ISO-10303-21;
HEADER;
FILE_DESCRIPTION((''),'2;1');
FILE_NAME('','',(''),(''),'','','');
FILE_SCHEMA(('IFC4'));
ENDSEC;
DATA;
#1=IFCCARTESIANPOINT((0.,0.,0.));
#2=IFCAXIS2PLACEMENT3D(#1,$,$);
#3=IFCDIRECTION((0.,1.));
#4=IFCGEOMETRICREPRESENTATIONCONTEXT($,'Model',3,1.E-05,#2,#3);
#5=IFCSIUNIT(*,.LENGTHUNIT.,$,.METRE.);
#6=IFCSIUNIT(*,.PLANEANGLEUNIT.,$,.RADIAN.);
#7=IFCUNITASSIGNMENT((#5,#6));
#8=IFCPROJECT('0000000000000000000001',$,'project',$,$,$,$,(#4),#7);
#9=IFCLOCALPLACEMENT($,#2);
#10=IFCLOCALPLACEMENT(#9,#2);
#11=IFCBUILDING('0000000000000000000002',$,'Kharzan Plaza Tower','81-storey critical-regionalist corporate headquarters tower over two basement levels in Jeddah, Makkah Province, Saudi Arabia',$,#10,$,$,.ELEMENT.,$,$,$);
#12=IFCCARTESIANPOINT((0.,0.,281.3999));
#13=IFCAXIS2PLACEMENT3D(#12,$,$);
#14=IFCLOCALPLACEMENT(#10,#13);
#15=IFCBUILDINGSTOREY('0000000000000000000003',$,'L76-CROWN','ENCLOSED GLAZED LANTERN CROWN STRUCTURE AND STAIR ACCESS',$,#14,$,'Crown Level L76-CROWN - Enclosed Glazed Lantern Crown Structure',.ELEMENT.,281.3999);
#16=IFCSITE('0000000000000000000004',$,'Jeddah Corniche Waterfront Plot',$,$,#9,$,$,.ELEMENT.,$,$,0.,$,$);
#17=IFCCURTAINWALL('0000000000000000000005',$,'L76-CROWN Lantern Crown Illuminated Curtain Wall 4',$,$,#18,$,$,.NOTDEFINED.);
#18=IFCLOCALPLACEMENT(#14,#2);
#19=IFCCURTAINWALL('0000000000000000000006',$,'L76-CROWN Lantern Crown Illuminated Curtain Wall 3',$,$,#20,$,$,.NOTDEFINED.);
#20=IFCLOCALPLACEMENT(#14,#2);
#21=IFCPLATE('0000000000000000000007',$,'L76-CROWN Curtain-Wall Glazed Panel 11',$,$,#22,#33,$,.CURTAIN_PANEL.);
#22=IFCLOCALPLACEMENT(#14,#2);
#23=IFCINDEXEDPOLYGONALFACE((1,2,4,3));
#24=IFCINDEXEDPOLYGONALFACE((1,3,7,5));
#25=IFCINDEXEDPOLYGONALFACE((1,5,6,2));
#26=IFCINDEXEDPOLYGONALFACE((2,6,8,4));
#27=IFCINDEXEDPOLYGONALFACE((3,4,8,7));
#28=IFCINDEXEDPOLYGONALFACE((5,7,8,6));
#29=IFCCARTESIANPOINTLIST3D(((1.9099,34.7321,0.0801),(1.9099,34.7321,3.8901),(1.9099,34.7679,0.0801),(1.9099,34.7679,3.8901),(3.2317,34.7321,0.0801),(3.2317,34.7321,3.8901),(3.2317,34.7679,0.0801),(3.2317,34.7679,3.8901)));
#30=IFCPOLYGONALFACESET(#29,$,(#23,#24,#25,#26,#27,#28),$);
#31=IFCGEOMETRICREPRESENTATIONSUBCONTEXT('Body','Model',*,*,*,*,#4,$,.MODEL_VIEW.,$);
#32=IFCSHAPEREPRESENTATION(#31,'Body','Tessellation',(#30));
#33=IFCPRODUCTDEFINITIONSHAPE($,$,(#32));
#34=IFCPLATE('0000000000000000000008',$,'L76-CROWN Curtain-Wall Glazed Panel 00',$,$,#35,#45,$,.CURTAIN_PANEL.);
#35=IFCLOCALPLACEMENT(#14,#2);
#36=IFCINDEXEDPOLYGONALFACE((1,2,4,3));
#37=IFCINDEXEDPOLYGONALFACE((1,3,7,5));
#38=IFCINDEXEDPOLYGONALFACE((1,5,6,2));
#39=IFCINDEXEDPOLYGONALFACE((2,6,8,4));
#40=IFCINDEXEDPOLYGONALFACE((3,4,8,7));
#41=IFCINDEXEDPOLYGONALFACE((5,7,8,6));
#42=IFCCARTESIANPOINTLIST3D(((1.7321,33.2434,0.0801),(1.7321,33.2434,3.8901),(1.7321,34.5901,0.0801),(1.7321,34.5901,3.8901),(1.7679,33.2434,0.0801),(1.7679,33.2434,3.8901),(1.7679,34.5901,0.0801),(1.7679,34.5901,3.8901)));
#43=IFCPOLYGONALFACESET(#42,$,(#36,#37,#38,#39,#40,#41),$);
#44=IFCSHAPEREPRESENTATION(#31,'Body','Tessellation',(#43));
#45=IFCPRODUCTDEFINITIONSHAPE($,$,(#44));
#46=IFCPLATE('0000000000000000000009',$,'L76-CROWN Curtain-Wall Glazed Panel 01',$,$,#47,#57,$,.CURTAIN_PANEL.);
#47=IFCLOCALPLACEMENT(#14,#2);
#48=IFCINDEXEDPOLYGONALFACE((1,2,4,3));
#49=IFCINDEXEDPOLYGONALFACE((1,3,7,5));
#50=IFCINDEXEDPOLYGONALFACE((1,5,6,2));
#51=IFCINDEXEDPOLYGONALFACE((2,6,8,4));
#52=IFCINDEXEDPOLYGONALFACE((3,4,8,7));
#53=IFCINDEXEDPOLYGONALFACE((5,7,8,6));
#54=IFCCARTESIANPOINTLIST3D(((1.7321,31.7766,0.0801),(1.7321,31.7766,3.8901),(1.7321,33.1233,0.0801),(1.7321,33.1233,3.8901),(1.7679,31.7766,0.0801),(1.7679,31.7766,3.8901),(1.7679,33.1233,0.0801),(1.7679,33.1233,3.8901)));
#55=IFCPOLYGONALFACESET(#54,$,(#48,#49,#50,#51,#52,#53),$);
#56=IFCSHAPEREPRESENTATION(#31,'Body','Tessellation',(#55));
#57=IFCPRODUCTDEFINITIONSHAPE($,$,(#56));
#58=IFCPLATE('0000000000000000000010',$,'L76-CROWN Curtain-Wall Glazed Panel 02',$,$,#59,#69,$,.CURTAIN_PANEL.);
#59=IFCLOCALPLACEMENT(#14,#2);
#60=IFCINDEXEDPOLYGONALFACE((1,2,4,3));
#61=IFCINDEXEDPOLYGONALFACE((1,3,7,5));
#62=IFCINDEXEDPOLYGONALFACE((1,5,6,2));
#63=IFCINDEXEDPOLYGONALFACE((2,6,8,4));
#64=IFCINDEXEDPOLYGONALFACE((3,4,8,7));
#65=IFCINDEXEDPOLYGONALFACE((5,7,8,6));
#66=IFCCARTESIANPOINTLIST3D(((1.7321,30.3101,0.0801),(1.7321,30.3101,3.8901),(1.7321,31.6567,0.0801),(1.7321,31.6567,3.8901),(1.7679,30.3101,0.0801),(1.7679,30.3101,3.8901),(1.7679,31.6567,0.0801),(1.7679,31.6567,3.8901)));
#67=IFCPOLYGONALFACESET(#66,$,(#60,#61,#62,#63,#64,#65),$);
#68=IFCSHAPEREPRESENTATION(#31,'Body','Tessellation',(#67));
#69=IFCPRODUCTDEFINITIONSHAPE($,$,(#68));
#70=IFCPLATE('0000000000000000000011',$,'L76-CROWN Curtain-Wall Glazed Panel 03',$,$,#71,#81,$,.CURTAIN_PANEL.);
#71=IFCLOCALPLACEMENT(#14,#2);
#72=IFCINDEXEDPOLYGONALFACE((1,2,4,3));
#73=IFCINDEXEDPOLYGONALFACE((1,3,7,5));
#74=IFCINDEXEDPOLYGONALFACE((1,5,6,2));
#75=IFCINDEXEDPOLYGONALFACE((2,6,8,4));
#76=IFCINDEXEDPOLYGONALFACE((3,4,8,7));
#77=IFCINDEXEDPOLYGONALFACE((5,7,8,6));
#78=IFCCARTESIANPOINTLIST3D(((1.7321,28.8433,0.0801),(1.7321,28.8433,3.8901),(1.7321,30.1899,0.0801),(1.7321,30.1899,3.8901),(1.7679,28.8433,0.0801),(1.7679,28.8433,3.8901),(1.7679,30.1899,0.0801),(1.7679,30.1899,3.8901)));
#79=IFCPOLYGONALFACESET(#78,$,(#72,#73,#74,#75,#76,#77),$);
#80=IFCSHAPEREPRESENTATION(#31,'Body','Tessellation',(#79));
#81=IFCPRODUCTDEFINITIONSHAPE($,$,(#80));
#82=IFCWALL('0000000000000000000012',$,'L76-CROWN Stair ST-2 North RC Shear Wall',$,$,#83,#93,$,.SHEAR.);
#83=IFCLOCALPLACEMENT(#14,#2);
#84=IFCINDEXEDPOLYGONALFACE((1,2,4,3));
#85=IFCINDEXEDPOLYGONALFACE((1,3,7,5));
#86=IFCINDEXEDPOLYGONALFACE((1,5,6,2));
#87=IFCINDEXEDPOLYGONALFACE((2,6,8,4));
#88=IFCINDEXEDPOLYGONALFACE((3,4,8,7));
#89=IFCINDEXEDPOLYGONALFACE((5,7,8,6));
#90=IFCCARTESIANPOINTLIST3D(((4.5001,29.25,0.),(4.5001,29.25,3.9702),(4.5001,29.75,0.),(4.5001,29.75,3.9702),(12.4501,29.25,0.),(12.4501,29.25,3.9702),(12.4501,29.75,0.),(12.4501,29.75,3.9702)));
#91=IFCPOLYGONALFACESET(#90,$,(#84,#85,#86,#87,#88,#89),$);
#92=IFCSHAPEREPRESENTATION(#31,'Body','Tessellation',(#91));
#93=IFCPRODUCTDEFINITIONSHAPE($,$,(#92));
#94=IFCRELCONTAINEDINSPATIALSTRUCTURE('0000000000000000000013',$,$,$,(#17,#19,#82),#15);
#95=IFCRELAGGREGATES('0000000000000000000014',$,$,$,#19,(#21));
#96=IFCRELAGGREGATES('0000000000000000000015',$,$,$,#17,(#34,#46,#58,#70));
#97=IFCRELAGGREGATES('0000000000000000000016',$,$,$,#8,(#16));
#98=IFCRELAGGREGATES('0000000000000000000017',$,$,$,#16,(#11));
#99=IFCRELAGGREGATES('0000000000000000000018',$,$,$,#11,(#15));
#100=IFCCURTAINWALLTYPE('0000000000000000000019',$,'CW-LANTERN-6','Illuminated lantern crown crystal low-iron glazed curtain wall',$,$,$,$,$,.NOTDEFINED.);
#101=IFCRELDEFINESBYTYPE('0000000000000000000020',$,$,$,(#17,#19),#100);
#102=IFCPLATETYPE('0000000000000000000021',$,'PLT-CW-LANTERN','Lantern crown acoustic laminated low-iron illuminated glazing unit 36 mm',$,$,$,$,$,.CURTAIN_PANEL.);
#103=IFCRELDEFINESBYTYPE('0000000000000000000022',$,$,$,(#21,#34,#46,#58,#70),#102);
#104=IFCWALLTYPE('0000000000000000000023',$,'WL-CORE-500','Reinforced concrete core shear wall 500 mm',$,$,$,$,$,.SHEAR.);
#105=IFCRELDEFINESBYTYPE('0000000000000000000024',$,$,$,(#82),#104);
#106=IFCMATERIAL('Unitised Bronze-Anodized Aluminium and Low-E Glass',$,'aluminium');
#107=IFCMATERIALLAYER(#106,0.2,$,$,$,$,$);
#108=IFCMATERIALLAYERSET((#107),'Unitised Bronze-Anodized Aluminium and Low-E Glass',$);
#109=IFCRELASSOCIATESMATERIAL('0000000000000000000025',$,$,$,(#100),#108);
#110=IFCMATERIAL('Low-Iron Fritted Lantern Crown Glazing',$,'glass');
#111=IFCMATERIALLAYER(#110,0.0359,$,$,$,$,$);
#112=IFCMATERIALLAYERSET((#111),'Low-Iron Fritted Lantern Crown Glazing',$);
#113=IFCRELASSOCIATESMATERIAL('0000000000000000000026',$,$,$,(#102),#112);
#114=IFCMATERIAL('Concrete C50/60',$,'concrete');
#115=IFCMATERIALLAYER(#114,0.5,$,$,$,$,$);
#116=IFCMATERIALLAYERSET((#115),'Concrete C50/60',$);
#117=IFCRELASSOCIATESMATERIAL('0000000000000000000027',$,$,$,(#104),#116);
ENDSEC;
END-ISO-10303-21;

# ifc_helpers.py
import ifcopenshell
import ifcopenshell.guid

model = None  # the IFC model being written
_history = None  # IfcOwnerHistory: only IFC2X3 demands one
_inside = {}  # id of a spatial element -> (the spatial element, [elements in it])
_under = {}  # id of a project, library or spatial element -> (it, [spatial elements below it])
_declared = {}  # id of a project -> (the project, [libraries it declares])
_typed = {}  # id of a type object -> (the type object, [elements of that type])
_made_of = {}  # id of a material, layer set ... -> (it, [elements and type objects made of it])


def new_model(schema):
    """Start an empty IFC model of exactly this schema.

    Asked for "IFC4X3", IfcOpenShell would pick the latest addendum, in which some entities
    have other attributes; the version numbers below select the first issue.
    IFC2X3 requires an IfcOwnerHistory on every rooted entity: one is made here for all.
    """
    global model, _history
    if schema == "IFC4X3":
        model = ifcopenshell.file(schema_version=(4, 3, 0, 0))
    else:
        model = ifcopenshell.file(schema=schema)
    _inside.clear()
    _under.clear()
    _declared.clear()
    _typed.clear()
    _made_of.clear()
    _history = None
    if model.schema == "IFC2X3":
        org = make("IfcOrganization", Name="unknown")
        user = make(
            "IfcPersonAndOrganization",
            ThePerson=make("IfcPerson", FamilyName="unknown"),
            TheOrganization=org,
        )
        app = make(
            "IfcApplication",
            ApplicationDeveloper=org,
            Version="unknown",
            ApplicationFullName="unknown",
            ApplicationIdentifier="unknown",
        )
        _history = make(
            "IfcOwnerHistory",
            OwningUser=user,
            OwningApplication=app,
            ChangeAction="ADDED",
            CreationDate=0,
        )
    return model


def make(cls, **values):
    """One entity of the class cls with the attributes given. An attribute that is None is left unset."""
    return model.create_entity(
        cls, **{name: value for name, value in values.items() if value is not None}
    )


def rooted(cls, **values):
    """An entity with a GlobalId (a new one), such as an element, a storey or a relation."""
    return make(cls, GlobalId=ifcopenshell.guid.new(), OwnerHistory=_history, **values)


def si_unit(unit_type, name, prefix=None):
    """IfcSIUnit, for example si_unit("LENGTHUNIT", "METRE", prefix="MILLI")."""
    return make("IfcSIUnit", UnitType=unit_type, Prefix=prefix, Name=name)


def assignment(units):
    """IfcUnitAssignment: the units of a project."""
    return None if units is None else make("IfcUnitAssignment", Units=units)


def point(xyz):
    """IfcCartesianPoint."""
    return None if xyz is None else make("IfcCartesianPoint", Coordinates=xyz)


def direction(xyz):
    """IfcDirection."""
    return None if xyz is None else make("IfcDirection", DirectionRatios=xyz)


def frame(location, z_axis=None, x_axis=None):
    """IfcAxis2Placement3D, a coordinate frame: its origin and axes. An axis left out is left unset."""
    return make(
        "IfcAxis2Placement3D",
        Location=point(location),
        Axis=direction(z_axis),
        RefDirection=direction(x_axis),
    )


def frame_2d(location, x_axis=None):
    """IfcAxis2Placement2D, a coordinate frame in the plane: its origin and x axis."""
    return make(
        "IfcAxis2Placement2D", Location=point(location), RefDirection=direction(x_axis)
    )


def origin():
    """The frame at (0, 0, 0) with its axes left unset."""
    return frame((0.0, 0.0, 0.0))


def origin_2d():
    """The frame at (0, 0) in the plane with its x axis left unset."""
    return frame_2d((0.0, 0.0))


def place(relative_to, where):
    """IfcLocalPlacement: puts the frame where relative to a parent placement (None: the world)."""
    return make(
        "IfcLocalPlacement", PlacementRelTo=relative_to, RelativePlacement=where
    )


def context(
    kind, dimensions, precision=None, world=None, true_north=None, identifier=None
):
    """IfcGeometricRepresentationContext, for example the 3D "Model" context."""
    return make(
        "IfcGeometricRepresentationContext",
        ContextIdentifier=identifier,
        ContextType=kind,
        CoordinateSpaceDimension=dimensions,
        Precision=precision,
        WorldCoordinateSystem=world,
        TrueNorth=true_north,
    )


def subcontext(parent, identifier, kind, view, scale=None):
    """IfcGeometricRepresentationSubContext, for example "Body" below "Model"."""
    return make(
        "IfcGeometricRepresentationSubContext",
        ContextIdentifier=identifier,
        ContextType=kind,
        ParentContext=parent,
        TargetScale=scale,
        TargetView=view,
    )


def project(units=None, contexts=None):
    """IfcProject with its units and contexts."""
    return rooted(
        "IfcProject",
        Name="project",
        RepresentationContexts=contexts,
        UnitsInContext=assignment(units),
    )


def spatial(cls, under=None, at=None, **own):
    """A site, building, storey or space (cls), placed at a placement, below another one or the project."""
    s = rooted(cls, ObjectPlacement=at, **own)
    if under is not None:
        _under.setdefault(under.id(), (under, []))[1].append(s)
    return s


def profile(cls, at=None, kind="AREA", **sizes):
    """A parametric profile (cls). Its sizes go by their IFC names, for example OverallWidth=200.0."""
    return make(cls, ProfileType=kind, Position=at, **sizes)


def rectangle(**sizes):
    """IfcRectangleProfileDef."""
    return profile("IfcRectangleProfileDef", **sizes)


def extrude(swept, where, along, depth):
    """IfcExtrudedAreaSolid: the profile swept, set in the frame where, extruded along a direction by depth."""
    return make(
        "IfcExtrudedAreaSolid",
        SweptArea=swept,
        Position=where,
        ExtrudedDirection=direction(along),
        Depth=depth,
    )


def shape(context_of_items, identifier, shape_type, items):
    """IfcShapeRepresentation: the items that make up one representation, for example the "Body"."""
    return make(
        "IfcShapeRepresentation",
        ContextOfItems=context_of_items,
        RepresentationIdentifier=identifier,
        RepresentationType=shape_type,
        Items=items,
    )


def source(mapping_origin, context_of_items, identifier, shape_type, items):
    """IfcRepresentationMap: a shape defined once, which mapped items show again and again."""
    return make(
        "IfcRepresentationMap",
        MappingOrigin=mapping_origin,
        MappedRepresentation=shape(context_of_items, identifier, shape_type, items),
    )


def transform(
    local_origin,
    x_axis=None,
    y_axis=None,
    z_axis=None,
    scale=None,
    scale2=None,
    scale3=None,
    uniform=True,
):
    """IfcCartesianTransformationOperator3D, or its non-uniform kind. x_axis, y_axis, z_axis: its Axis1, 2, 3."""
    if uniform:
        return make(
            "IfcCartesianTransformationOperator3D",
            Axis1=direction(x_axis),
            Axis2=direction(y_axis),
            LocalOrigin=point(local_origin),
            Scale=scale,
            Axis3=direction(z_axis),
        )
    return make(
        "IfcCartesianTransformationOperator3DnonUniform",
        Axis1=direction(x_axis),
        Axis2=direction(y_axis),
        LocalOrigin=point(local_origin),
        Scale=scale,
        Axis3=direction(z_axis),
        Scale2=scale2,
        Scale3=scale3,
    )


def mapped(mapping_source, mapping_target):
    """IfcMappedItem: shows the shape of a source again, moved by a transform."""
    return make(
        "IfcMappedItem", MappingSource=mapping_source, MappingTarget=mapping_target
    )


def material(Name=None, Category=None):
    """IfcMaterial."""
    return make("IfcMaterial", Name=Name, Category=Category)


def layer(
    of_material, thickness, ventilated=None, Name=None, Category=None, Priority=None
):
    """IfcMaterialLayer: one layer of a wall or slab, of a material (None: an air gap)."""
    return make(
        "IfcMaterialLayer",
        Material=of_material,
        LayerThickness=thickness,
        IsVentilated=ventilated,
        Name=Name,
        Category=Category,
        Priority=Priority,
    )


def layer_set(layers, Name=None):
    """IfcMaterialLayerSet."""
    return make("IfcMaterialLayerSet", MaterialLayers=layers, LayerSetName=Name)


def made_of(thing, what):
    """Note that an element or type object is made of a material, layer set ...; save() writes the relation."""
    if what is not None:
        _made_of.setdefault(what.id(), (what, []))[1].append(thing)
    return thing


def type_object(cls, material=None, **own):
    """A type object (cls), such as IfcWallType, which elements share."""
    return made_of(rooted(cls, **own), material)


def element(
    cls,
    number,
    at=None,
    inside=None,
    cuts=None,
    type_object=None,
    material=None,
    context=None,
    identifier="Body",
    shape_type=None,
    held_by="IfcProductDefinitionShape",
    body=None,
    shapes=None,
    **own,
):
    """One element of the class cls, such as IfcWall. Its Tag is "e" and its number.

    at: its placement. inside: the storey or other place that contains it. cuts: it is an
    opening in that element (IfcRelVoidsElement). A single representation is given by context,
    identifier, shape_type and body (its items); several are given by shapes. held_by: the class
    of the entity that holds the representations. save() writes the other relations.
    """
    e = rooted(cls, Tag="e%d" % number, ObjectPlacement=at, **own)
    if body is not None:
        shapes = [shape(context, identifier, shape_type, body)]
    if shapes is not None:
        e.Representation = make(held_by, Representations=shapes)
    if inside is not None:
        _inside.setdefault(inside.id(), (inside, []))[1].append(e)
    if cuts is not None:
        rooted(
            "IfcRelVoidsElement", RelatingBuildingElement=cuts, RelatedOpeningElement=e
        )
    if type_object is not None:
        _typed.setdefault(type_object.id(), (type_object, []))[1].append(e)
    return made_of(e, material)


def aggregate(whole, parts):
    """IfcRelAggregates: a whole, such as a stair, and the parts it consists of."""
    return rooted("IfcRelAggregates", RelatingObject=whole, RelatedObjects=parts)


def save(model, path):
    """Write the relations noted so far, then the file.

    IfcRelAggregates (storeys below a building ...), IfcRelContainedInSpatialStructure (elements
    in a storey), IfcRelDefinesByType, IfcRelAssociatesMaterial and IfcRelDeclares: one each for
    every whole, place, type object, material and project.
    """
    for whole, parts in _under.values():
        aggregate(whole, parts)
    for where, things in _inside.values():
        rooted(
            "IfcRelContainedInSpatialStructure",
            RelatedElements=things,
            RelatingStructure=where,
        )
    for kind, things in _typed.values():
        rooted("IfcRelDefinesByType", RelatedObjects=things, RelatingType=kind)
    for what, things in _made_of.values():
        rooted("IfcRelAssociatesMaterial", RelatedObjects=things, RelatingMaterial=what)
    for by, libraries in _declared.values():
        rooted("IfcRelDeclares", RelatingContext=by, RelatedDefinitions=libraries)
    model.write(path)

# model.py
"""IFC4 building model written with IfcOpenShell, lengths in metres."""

from ifc_helpers import new_model, si_unit, direction, frame, frame_2d, origin, origin_2d, place, context, subcontext, project, spatial, rectangle, extrude, source, transform, mapped, material, layer, layer_set, type_object, element, aggregate, save


model = new_model("IFC4")

# Units and contexts
model_context = context("Model", 3, precision=1e-05, world=origin(), true_north=direction((0.0, 1.0)))
body_context = subcontext(model_context, "Body", "Model", "MODEL_VIEW")
ifc_project = project(units=[si_unit("LENGTHUNIT", "METRE"), si_unit("PLANEANGLEUNIT", "RADIAN")], contexts=[model_context])

# Site, building, storey
site_placement = place(None, origin())
site = spatial("IfcSite", under=ifc_project, at=site_placement, Name="Jeddah Corniche Waterfront Plot", CompositionType="ELEMENT", RefElevation=0.0)
building_placement = place(site_placement, origin())
building = spatial("IfcBuilding", under=site, at=building_placement, Name="Kharzan Plaza Tower", Description="81-storey critical-regionalist corporate headquarters tower over two basement levels in Jeddah, Makkah Province, Saudi Arabia", CompositionType="ELEMENT")
storey_placement = place(building_placement, frame((0.0, 0.0, 281.3999)))
storey = spatial("IfcBuildingStorey", under=building, at=storey_placement, Name="L76-CROWN", Description="ENCLOSED GLAZED LANTERN CROWN STRUCTURE AND STAIR ACCESS", LongName="Crown Level L76-CROWN - Enclosed Glazed Lantern Crown Structure", CompositionType="ELEMENT", Elevation=281.3999)

# Curtain walls
ifc_material_1 = material(Name="Unitised Bronze-Anodized Aluminium and Low-E Glass", Category="aluminium")
ifc_layer_1 = layer(ifc_material_1, 0.2)
ifc_layer_set_1 = layer_set([ifc_layer_1], Name="Unitised Bronze-Anodized Aluminium and Low-E Glass")
curtain_wall_type = type_object("IfcCurtainWallType", Name="CW-LANTERN-6", Description="Illuminated lantern crown crystal low-iron glazed curtain wall", PredefinedType="NOTDEFINED", material=ifc_layer_set_1)
curtain_wall_1_placement = place(storey_placement, origin())
curtain_wall_1 = element("IfcCurtainWall", 1, at=curtain_wall_1_placement, inside=storey, type_object=curtain_wall_type, Name="L76-CROWN Lantern Crown Illuminated Curtain Wall 4", PredefinedType="NOTDEFINED")
curtain_wall_2_placement = place(storey_placement, origin())
curtain_wall_2 = element("IfcCurtainWall", 2, at=curtain_wall_2_placement, inside=storey, type_object=curtain_wall_type, Name="L76-CROWN Lantern Crown Illuminated Curtain Wall 3", PredefinedType="NOTDEFINED")

# Plates
ifc_material_2 = material(Name="Low-Iron Fritted Lantern Crown Glazing", Category="glass")
ifc_layer_2 = layer(ifc_material_2, 0.0359)
ifc_layer_set_2 = layer_set([ifc_layer_2], Name="Low-Iron Fritted Lantern Crown Glazing")
plate_type = type_object("IfcPlateType", Name="PLT-CW-LANTERN", Description="Lantern crown acoustic laminated low-iron illuminated glazing unit 36 mm", PredefinedType="CURTAIN_PANEL", material=ifc_layer_set_2)
shared_shape_1 = source(origin(), body_context, "Body", "SweptSolid", [
    extrude(rectangle(XDim=1.3218, YDim=0.0359, at=origin_2d()), origin(), (0.0, 0.0, 1.0), 3.8101),
])
plate_1_placement = place(storey_placement, frame((2.5708, 34.75, 0.0801), z_axis=(0.0, 0.0, 1.0), x_axis=(-1.0, 0.0, 0.0)))
plate_1 = element("IfcPlate", 3, at=plate_1_placement, type_object=plate_type, Name="L76-CROWN Curtain-Wall Glazed Panel 11", PredefinedType="CURTAIN_PANEL", context=body_context, shape_type="MappedRepresentation", body=[
    mapped(shared_shape_1, transform((0.0, 0.0, 0.0), x_axis=(1.0, 0.0, 0.0), y_axis=(0.0, 1.0, 0.0), z_axis=(0.0, 0.0, 1.0))),
])
aggregate(curtain_wall_2, [plate_1])
shared_shape_2 = source(origin(), body_context, "Body", "SweptSolid", [
    extrude(rectangle(XDim=1.3467, YDim=0.0359, at=origin_2d()), origin(), (0.0, 0.0, 1.0), 3.8101),
])
plate_2_placement = place(storey_placement, frame((1.75, 33.9167, 0.0801), z_axis=(0.0, 0.0, 1.0), x_axis=(0.0, -1.0, 0.0)))
plate_2 = element("IfcPlate", 4, at=plate_2_placement, type_object=plate_type, Name="L76-CROWN Curtain-Wall Glazed Panel 00", PredefinedType="CURTAIN_PANEL", context=body_context, shape_type="MappedRepresentation", body=[
    mapped(shared_shape_2, transform((0.0, 0.0, 0.0), x_axis=(1.0, 0.0, 0.0), y_axis=(0.0, 1.0, 0.0), z_axis=(0.0, 0.0, 1.0))),
])
plate_3_placement = place(storey_placement, frame((1.75, 32.45, 0.0801), z_axis=(0.0, 0.0, 1.0), x_axis=(0.0, -1.0, 0.0)))
plate_3 = element("IfcPlate", 5, at=plate_3_placement, type_object=plate_type, Name="L76-CROWN Curtain-Wall Glazed Panel 01", PredefinedType="CURTAIN_PANEL", context=body_context, shape_type="MappedRepresentation", body=[
    mapped(shared_shape_2, transform((0.0, 0.0, 0.0), x_axis=(1.0, 0.0, 0.0), y_axis=(0.0, 1.0, 0.0), z_axis=(0.0, 0.0, 1.0))),
])
plate_4_placement = place(storey_placement, frame((1.75, 30.9834, 0.0801), z_axis=(0.0, 0.0, 1.0), x_axis=(0.0, -1.0, 0.0)))
plate_4 = element("IfcPlate", 6, at=plate_4_placement, type_object=plate_type, Name="L76-CROWN Curtain-Wall Glazed Panel 02", PredefinedType="CURTAIN_PANEL", context=body_context, shape_type="MappedRepresentation", body=[
    mapped(shared_shape_2, transform((0.0, 0.0, 0.0), x_axis=(1.0, 0.0, 0.0), y_axis=(0.0, 1.0, 0.0), z_axis=(0.0, 0.0, 1.0))),
])
plate_5_placement = place(storey_placement, frame((1.75, 29.5166, 0.0801), z_axis=(0.0, 0.0, 1.0), x_axis=(0.0, -1.0, 0.0)))
plate_5 = element("IfcPlate", 7, at=plate_5_placement, type_object=plate_type, Name="L76-CROWN Curtain-Wall Glazed Panel 03", PredefinedType="CURTAIN_PANEL", context=body_context, shape_type="MappedRepresentation", body=[
    mapped(shared_shape_2, transform((0.0, 0.0, 0.0), x_axis=(1.0, 0.0, 0.0), y_axis=(0.0, 1.0, 0.0), z_axis=(0.0, 0.0, 1.0))),
])
aggregate(curtain_wall_1, [plate_2, plate_3, plate_4, plate_5])

# Wall
ifc_material_3 = material(Name="Concrete C50/60", Category="concrete")
ifc_layer_3 = layer(ifc_material_3, 0.5)
ifc_layer_set_3 = layer_set([ifc_layer_3], Name="Concrete C50/60")
wall_type = type_object("IfcWallType", Name="WL-CORE-500", Description="Reinforced concrete core shear wall 500 mm", PredefinedType="SHEAR", material=ifc_layer_set_3)
shared_shape_3 = source(origin(), body_context, "Body", "SweptSolid", [
    extrude(rectangle(XDim=7.95, YDim=0.5, at=frame_2d((3.9751, 0.0))), origin(), (0.0, 0.0, 1.0), 3.9702),
])
wall_placement = place(storey_placement, frame((4.5, 29.5, 0.0), z_axis=(0.0, 0.0, 1.0), x_axis=(1.0, 0.0, 0.0)))
element("IfcWall", 8, at=wall_placement, inside=storey, type_object=wall_type, Name="L76-CROWN Stair ST-2 North RC Shear Wall", PredefinedType="SHEAR", context=body_context, shape_type="MappedRepresentation", body=[
    mapped(shared_shape_3, transform((0.0, 0.0, 0.0), x_axis=(1.0, 0.0, 0.0), y_axis=(0.0, 1.0, 0.0), z_axis=(0.0, 0.0, 1.0))),
])

save(model, "model.ifc")
